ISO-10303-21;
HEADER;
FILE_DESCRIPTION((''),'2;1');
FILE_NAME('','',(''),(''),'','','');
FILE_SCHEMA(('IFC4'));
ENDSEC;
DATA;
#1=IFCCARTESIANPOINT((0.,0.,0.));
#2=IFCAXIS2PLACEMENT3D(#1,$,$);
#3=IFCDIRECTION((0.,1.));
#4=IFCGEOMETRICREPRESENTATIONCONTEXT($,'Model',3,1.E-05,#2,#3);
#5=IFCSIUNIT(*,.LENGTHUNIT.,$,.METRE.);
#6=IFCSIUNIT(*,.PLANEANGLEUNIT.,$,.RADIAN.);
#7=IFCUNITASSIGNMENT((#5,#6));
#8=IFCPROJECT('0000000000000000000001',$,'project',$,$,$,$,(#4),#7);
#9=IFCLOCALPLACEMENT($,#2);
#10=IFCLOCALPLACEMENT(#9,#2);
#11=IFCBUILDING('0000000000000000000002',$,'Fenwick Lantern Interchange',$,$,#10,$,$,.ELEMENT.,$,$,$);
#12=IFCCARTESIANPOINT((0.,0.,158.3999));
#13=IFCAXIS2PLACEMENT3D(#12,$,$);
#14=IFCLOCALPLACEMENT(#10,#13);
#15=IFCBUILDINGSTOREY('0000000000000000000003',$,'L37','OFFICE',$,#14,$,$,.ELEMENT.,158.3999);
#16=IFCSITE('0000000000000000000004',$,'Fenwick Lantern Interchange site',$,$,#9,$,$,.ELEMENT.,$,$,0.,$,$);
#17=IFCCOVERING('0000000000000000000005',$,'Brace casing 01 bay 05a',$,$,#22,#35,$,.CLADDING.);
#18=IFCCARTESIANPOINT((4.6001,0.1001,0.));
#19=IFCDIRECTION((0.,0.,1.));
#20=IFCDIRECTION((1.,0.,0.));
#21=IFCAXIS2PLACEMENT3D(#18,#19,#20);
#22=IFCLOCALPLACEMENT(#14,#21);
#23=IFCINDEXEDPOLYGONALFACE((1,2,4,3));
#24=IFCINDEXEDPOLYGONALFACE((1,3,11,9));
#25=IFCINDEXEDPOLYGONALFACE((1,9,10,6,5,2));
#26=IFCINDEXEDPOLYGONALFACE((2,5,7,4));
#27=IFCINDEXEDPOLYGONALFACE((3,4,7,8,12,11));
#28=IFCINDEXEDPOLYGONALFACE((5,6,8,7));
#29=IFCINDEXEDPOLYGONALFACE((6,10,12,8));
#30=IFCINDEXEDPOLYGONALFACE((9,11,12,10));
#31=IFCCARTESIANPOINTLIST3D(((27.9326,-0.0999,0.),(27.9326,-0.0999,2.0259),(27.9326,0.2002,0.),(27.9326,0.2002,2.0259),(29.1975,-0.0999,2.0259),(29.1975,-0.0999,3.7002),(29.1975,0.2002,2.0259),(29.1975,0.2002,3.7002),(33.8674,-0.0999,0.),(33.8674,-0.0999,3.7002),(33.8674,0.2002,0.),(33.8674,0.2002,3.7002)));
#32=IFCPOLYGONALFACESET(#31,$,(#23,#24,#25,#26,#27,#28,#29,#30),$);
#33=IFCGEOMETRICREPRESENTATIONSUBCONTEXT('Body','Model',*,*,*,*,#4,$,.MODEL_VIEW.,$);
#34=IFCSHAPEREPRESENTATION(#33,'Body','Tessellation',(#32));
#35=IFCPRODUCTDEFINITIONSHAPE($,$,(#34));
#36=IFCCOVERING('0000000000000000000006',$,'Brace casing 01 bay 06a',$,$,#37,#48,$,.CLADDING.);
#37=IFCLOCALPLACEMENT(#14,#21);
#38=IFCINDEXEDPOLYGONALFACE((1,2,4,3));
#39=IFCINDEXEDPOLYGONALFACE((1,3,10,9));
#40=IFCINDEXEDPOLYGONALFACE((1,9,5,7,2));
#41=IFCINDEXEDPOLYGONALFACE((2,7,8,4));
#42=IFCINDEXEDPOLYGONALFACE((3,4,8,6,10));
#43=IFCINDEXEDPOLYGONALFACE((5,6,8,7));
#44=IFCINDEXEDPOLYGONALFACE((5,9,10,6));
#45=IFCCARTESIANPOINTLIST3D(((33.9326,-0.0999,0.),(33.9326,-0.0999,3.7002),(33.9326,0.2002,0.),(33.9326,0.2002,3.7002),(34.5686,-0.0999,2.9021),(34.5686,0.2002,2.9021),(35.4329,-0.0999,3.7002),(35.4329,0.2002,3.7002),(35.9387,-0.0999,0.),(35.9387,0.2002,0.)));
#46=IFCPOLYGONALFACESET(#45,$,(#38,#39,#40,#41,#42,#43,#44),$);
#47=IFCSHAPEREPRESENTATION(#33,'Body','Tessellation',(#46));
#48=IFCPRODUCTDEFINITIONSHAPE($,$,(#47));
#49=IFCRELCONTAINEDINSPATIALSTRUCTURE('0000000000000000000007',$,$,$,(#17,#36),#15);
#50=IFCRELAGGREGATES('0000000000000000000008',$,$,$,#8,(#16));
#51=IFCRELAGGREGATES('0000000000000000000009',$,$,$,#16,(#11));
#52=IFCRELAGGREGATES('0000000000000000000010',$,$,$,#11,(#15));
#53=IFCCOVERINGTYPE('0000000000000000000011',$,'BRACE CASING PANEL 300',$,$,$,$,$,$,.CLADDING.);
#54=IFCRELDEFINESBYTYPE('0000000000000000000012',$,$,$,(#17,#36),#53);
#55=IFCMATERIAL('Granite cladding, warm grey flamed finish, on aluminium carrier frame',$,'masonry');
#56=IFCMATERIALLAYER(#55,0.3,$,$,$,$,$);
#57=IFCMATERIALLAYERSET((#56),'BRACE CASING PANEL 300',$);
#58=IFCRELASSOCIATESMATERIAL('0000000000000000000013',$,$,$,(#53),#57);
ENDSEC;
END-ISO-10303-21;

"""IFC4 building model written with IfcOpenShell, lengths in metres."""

from ifc_helpers import new_model, si_unit, direction, frame, origin, place, context, subcontext, project, spatial, polyline, outline, extrude, material, layer, layer_set, type_object, element, save


model = new_model("IFC4")

# Units and contexts
model_context = context("Model", 3, precision=1e-05, world=origin(), true_north=direction((0.0, 1.0)))
body_context = subcontext(model_context, "Body", "Model", "MODEL_VIEW")
ifc_project = project(units=[si_unit("LENGTHUNIT", "METRE"), si_unit("PLANEANGLEUNIT", "RADIAN")], contexts=[model_context])

# Site, building, storey
site_placement = place(None, origin())
site = spatial("IfcSite", under=ifc_project, at=site_placement, Name="Fenwick Lantern Interchange site", CompositionType="ELEMENT", RefElevation=0.0)
building_placement = place(site_placement, origin())
building = spatial("IfcBuilding", under=site, at=building_placement, Name="Fenwick Lantern Interchange", CompositionType="ELEMENT")
storey_placement = place(building_placement, frame((0.0, 0.0, 158.3999)))
storey = spatial("IfcBuildingStorey", under=building, at=storey_placement, Name="L37", Description="OFFICE", CompositionType="ELEMENT", Elevation=158.3999)

# Coverings
ifc_material_1 = material(Name="Granite cladding, warm grey flamed finish, on aluminium carrier frame", Category="masonry")
ifc_layer_1 = layer(ifc_material_1, 0.3)
ifc_layer_set_1 = layer_set([ifc_layer_1], Name="BRACE CASING PANEL 300")
covering_type_1 = type_object("IfcCoveringType", Name="BRACE CASING PANEL 300", PredefinedType="CLADDING", material=ifc_layer_set_1)
covering_1_placement = place(storey_placement, frame((4.6001, 0.1001, 0.0), z_axis=(0.0, 0.0, 1.0), x_axis=(1.0, 0.0, 0.0)))
element("IfcCovering", 1, at=covering_1_placement, inside=storey, type_object=covering_type_1, Name="Brace casing 01 bay 05a", PredefinedType="CLADDING", context=body_context, shape_type="SweptSolid", body=[
    extrude(outline(polyline([(27.9326, 0.0), (33.8674, 0.0), (33.8674, 3.7002), (29.1975, 3.7002), (29.1975, 2.0259), (27.9326, 2.0259), (27.9326, 0.0)])), frame((0.0, 0.2002, 0.0), z_axis=(0.0, -1.0, 0.0), x_axis=(1.0, 0.0, 0.0)), (0.0, 0.0, 1.0), 0.3),
])
covering_2_placement = place(storey_placement, frame((4.6001, 0.1001, 0.0), z_axis=(0.0, 0.0, 1.0), x_axis=(1.0, 0.0, 0.0)))
element("IfcCovering", 2, at=covering_2_placement, inside=storey, type_object=covering_type_1, Name="Brace casing 01 bay 06a", PredefinedType="CLADDING", context=body_context, shape_type="SweptSolid", body=[
    extrude(outline(polyline([(33.9326, 0.0), (35.9387, 0.0), (34.5686, 2.9021), (35.4329, 3.7002), (33.9326, 3.7002), (33.9326, 0.0)])), frame((0.0, 0.2002, 0.0), z_axis=(0.0, -1.0, 0.0), x_axis=(1.0, 0.0, 0.0)), (0.0, 0.0, 1.0), 0.3),
])

save(model, "model.ifc")
